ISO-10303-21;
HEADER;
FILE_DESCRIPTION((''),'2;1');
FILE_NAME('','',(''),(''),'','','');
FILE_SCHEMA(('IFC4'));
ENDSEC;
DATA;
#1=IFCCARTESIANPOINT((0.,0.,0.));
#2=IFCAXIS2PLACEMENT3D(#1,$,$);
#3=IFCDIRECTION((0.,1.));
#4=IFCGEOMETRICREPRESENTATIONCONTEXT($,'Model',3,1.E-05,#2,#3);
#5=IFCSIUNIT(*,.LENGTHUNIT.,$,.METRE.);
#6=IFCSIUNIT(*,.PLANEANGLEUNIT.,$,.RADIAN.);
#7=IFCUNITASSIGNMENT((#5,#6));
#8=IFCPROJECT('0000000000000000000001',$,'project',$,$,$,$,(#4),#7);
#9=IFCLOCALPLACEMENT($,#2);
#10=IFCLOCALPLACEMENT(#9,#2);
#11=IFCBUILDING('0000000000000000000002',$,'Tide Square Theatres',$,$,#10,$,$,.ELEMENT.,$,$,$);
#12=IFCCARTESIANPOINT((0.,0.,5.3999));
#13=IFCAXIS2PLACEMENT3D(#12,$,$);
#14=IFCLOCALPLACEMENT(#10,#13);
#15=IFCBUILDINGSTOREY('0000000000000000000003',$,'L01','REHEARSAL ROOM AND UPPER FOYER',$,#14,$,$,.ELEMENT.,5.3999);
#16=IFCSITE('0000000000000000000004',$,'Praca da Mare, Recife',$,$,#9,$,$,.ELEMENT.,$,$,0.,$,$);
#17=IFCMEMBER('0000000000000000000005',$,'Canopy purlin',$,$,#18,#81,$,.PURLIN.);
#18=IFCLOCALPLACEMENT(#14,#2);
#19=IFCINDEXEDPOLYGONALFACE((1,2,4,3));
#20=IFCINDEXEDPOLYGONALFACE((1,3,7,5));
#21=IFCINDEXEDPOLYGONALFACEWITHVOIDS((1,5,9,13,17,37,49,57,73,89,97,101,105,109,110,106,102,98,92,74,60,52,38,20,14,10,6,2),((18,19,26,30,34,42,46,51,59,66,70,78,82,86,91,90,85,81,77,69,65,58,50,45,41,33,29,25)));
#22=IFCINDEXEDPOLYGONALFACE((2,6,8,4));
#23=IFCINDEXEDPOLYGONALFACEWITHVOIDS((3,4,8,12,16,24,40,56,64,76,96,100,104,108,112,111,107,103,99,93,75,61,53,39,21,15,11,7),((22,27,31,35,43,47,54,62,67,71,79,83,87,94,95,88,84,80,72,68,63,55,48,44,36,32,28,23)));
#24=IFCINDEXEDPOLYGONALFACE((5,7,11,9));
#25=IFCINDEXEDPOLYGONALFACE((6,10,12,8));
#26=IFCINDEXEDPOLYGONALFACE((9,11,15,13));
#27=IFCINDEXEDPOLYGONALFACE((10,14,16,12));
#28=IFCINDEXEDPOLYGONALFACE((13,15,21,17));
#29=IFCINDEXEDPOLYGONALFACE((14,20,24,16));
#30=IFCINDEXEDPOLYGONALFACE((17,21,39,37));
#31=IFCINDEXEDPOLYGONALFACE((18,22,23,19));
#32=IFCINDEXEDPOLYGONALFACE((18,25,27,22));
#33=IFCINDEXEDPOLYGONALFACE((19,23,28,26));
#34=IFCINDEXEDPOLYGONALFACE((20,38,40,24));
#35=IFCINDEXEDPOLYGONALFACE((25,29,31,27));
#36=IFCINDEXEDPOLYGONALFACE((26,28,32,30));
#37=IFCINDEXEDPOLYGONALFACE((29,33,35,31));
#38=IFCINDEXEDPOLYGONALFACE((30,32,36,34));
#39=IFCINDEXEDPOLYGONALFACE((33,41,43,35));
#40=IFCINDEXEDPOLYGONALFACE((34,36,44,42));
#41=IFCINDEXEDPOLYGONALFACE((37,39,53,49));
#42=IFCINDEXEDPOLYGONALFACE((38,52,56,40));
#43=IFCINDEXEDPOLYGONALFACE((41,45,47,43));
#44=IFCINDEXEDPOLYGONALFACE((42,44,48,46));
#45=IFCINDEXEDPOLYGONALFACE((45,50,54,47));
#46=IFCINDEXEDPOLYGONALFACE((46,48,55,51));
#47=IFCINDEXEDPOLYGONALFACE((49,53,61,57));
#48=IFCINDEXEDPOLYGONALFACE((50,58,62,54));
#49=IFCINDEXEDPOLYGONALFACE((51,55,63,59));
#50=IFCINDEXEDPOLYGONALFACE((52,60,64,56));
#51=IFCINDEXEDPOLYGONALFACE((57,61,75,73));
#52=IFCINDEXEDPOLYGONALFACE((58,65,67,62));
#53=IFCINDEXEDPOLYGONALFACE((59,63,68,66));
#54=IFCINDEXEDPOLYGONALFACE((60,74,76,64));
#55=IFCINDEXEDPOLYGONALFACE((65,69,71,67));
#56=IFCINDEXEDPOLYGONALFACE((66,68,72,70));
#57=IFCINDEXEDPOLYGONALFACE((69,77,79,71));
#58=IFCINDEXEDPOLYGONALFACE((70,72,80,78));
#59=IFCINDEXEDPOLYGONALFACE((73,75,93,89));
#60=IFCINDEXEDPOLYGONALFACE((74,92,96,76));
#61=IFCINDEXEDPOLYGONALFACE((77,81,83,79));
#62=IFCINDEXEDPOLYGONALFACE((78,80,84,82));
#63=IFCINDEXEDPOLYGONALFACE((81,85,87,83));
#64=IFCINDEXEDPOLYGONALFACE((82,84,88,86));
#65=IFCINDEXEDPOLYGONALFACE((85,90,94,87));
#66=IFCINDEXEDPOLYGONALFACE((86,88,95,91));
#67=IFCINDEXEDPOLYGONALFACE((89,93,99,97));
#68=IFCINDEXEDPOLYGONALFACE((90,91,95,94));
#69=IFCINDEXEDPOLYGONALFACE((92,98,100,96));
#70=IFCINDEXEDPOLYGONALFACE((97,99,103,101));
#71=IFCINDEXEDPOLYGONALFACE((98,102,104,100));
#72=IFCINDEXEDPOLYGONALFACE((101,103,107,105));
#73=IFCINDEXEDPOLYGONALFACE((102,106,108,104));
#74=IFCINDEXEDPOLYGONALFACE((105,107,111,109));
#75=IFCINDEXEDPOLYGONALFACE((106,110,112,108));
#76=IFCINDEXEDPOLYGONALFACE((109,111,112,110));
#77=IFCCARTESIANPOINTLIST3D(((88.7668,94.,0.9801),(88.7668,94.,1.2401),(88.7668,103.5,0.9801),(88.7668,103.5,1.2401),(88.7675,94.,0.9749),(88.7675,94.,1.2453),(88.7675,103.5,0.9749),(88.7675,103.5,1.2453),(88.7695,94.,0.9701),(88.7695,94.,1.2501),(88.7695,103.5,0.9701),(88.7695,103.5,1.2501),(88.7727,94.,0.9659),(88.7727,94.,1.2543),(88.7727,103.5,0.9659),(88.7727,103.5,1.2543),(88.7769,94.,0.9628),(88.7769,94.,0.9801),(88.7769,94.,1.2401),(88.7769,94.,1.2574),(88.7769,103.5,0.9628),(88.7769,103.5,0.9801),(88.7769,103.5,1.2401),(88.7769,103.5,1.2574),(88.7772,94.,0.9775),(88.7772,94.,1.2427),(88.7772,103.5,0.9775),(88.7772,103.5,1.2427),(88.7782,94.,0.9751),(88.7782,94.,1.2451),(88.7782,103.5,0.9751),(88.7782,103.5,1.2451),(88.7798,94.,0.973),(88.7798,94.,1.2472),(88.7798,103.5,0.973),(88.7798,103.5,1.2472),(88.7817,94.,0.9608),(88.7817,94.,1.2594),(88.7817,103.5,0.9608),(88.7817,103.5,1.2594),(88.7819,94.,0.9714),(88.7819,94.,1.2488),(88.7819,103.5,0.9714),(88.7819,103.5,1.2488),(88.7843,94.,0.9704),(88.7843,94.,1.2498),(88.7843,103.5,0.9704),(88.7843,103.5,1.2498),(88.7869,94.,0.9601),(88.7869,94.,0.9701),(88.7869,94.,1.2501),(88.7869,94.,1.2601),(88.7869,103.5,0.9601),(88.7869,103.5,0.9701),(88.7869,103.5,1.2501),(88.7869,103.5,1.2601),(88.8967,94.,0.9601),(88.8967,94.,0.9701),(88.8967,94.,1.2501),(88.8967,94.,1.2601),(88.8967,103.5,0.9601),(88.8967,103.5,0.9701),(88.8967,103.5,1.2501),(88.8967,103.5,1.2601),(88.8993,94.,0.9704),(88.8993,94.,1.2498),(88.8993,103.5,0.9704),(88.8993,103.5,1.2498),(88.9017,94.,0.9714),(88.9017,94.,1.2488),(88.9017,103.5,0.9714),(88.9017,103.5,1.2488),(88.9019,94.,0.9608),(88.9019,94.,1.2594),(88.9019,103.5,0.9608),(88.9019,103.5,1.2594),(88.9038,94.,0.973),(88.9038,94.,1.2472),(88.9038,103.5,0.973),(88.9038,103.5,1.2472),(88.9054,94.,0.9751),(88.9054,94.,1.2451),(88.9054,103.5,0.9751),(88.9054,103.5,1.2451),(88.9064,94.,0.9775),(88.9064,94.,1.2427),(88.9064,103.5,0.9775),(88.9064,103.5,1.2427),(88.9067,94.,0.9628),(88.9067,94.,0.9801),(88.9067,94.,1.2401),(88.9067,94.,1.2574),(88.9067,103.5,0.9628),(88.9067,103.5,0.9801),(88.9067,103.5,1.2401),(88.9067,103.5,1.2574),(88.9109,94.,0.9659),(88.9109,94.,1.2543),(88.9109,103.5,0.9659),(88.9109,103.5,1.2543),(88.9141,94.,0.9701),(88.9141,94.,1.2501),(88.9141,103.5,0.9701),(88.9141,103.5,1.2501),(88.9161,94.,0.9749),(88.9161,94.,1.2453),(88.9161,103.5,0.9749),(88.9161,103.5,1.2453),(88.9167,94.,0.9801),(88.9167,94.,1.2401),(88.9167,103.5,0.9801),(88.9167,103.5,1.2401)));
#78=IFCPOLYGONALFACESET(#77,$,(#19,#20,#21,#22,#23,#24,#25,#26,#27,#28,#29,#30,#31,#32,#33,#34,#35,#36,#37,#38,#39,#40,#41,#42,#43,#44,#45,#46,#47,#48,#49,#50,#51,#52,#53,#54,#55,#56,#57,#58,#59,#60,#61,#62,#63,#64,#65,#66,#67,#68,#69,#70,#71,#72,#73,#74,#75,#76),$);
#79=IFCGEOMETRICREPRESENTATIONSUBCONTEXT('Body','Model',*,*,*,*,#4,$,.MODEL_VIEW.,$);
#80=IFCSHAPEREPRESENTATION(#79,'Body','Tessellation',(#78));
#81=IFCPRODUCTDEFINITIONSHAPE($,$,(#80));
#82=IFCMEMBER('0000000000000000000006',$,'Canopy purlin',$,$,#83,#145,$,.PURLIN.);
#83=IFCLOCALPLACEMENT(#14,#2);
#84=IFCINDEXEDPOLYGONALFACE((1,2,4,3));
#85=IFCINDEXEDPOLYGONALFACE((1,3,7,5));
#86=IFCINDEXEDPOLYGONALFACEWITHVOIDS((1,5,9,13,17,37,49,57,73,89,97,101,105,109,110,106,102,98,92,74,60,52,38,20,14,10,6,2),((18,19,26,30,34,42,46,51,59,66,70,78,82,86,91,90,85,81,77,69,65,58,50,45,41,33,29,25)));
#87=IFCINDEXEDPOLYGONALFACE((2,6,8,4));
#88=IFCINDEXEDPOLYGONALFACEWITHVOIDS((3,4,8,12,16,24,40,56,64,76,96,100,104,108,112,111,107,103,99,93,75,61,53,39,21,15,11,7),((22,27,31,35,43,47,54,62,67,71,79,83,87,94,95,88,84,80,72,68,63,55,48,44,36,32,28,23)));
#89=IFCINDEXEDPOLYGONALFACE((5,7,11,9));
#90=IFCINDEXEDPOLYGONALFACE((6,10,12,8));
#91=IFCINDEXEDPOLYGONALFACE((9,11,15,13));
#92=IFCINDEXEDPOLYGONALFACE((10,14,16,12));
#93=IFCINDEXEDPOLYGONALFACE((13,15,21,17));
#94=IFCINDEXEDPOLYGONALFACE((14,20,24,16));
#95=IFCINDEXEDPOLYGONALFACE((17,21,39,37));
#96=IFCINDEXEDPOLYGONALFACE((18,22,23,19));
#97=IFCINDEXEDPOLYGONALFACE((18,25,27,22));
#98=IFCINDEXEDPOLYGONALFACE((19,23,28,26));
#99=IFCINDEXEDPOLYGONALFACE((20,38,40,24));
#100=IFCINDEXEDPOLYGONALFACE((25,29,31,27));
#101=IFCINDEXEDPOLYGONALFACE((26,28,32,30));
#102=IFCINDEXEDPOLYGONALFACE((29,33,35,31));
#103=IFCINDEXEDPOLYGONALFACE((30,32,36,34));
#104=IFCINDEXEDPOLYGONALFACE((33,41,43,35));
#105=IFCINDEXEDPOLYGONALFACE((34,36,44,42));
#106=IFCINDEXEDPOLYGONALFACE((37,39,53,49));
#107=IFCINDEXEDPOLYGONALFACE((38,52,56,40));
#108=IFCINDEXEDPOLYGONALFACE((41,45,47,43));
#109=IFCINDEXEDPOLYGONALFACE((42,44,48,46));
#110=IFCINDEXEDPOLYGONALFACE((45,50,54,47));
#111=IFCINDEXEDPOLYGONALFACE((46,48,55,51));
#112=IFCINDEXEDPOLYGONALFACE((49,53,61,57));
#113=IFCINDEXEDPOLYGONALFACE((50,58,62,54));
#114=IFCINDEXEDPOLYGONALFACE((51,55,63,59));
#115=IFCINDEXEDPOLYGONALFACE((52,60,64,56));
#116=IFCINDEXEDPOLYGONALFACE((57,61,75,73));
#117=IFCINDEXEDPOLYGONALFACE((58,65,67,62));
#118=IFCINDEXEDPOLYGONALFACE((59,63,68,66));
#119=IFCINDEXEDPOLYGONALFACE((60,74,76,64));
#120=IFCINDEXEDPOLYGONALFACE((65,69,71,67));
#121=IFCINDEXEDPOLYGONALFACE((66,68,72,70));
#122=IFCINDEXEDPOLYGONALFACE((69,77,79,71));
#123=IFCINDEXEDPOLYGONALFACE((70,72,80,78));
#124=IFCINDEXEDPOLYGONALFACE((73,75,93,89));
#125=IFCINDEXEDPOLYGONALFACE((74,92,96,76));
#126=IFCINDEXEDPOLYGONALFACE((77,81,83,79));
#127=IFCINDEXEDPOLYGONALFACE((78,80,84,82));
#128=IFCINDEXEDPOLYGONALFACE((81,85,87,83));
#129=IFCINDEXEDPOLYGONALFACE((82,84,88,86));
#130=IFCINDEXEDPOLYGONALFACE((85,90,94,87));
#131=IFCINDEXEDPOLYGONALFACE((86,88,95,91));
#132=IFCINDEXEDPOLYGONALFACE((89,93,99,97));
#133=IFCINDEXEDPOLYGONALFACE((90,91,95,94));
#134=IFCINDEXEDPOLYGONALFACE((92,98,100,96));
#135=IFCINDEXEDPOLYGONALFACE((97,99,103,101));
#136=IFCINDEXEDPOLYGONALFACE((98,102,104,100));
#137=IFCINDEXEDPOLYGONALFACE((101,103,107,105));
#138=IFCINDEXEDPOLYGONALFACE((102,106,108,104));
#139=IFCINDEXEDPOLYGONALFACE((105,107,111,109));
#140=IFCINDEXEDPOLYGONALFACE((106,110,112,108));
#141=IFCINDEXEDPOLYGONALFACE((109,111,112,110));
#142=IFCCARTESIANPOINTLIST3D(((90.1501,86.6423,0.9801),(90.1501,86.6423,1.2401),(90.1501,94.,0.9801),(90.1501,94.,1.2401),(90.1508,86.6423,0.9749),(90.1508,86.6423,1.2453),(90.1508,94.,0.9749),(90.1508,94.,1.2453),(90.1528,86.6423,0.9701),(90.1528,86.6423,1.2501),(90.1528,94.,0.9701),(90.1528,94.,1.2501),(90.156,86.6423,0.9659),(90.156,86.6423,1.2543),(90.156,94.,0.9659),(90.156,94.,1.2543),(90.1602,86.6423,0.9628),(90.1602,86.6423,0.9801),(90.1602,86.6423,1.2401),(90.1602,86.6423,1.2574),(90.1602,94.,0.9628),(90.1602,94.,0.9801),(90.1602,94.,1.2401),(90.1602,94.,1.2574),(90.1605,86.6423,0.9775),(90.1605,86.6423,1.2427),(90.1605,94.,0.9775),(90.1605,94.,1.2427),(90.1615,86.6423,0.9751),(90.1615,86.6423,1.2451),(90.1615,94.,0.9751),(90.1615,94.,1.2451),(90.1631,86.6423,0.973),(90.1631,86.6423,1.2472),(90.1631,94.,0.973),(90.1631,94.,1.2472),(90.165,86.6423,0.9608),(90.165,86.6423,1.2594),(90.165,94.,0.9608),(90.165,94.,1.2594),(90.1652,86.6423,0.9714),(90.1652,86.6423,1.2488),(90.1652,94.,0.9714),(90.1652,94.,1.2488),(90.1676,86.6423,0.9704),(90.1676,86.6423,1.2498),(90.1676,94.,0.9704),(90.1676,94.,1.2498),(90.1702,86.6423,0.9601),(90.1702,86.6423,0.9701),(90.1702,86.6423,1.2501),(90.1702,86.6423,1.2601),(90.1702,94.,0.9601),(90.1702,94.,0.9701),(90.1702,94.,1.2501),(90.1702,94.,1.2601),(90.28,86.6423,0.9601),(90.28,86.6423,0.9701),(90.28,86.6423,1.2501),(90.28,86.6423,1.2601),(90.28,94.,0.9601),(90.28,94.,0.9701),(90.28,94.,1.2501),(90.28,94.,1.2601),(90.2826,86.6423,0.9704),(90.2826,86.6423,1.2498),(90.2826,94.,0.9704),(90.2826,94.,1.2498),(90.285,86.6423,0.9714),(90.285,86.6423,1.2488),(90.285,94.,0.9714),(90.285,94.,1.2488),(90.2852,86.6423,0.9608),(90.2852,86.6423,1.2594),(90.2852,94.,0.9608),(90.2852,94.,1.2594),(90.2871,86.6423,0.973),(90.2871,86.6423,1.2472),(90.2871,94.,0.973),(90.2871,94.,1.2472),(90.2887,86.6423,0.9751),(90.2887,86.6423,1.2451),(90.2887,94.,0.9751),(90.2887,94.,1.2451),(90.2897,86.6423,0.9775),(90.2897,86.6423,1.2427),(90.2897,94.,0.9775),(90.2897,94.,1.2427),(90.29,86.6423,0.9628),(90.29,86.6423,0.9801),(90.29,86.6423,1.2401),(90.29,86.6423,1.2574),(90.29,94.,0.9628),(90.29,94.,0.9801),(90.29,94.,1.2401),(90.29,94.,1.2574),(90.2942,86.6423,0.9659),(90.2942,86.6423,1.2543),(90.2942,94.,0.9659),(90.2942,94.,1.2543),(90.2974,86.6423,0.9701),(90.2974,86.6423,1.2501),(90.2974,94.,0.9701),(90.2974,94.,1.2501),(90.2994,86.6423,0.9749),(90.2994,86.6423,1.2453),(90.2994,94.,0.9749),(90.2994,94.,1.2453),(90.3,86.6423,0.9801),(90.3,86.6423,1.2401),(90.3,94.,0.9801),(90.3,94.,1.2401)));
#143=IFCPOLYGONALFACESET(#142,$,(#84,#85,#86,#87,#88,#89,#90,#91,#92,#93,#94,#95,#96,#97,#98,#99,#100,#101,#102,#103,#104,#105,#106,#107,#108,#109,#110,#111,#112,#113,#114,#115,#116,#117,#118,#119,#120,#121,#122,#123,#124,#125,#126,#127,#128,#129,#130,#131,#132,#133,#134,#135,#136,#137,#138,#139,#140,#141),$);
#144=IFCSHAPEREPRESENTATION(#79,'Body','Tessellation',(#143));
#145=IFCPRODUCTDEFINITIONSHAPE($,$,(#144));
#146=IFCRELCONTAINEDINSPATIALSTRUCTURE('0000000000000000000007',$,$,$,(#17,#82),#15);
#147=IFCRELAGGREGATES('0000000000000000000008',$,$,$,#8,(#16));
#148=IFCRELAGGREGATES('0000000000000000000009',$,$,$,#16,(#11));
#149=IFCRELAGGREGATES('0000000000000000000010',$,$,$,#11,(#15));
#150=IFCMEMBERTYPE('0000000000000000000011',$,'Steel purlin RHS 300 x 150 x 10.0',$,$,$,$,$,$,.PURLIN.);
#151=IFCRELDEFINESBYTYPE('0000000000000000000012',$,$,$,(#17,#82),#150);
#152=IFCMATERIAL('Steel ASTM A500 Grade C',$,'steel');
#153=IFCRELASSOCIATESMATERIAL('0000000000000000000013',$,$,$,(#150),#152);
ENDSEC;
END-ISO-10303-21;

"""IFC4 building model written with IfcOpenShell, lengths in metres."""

from ifc_helpers import new_model, si_unit, direction, frame, origin, origin_2d, place, context, subcontext, project, spatial, hollow_rectangle, extrude, material, material_profile, profile_set, type_object, element, save


model = new_model("IFC4")

# Units and contexts
model_context = context("Model", 3, precision=1e-05, world=origin(), true_north=direction((0.0, 1.0)))
body_context = subcontext(model_context, "Body", "Model", "MODEL_VIEW")
ifc_project = project(units=[si_unit("LENGTHUNIT", "METRE"), si_unit("PLANEANGLEUNIT", "RADIAN")], contexts=[model_context])

# Site, building, storey
site_placement = place(None, origin())
site = spatial("IfcSite", under=ifc_project, at=site_placement, Name="Praca da Mare, Recife", CompositionType="ELEMENT", RefElevation=0.0)
building_placement = place(site_placement, origin())
building = spatial("IfcBuilding", under=site, at=building_placement, Name="Tide Square Theatres", CompositionType="ELEMENT")
storey_placement = place(building_placement, frame((0.0, 0.0, 5.3999)))
storey = spatial("IfcBuildingStorey", under=building, at=storey_placement, Name="L01", Description="REHEARSAL ROOM AND UPPER FOYER", CompositionType="ELEMENT", Elevation=5.3999)

# Members
ifc_material_1 = material(Name="Steel ASTM A500 Grade C", Category="steel")
ifc_material_profile_1 = material_profile(ifc_material_1, hollow_rectangle(XDim=0.1499, YDim=0.3, WallThickness=0.01, InnerFilletRadius=0.01, OuterFilletRadius=0.02, at=origin_2d()))
ifc_profile_set_1 = profile_set([ifc_material_profile_1], Name="Steel ASTM A500 Grade C")
member_type = type_object("IfcMemberType", Name="Steel purlin RHS 300 x 150 x 10.0", PredefinedType="PURLIN", material=ifc_profile_set_1)
member_1_placement = place(storey_placement, frame((88.8418, 94.0, 1.1101), z_axis=(0.0, 1.0, 0.0), x_axis=(-1.0, 0.0, 0.0)))
element("IfcMember", 1, at=member_1_placement, inside=storey, type_object=member_type, Name="Canopy purlin", PredefinedType="PURLIN", context=body_context, shape_type="SweptSolid", body=[
    extrude(hollow_rectangle(XDim=0.1499, YDim=0.3, WallThickness=0.01, InnerFilletRadius=0.01, OuterFilletRadius=0.02, at=origin_2d()), origin(), (0.0, 0.0, 1.0), 9.5),
])
member_2_placement = place(storey_placement, frame((90.2251, 86.6423, 1.1101), z_axis=(0.0, 1.0, 0.0), x_axis=(-1.0, 0.0, 0.0)))
element("IfcMember", 2, at=member_2_placement, inside=storey, type_object=member_type, Name="Canopy purlin", PredefinedType="PURLIN", context=body_context, shape_type="SweptSolid", body=[
    extrude(hollow_rectangle(XDim=0.1499, YDim=0.3, WallThickness=0.01, InnerFilletRadius=0.01, OuterFilletRadius=0.02, at=origin_2d()), origin(), (0.0, 0.0, 1.0), 7.3577),
])

save(model, "model.ifc")
